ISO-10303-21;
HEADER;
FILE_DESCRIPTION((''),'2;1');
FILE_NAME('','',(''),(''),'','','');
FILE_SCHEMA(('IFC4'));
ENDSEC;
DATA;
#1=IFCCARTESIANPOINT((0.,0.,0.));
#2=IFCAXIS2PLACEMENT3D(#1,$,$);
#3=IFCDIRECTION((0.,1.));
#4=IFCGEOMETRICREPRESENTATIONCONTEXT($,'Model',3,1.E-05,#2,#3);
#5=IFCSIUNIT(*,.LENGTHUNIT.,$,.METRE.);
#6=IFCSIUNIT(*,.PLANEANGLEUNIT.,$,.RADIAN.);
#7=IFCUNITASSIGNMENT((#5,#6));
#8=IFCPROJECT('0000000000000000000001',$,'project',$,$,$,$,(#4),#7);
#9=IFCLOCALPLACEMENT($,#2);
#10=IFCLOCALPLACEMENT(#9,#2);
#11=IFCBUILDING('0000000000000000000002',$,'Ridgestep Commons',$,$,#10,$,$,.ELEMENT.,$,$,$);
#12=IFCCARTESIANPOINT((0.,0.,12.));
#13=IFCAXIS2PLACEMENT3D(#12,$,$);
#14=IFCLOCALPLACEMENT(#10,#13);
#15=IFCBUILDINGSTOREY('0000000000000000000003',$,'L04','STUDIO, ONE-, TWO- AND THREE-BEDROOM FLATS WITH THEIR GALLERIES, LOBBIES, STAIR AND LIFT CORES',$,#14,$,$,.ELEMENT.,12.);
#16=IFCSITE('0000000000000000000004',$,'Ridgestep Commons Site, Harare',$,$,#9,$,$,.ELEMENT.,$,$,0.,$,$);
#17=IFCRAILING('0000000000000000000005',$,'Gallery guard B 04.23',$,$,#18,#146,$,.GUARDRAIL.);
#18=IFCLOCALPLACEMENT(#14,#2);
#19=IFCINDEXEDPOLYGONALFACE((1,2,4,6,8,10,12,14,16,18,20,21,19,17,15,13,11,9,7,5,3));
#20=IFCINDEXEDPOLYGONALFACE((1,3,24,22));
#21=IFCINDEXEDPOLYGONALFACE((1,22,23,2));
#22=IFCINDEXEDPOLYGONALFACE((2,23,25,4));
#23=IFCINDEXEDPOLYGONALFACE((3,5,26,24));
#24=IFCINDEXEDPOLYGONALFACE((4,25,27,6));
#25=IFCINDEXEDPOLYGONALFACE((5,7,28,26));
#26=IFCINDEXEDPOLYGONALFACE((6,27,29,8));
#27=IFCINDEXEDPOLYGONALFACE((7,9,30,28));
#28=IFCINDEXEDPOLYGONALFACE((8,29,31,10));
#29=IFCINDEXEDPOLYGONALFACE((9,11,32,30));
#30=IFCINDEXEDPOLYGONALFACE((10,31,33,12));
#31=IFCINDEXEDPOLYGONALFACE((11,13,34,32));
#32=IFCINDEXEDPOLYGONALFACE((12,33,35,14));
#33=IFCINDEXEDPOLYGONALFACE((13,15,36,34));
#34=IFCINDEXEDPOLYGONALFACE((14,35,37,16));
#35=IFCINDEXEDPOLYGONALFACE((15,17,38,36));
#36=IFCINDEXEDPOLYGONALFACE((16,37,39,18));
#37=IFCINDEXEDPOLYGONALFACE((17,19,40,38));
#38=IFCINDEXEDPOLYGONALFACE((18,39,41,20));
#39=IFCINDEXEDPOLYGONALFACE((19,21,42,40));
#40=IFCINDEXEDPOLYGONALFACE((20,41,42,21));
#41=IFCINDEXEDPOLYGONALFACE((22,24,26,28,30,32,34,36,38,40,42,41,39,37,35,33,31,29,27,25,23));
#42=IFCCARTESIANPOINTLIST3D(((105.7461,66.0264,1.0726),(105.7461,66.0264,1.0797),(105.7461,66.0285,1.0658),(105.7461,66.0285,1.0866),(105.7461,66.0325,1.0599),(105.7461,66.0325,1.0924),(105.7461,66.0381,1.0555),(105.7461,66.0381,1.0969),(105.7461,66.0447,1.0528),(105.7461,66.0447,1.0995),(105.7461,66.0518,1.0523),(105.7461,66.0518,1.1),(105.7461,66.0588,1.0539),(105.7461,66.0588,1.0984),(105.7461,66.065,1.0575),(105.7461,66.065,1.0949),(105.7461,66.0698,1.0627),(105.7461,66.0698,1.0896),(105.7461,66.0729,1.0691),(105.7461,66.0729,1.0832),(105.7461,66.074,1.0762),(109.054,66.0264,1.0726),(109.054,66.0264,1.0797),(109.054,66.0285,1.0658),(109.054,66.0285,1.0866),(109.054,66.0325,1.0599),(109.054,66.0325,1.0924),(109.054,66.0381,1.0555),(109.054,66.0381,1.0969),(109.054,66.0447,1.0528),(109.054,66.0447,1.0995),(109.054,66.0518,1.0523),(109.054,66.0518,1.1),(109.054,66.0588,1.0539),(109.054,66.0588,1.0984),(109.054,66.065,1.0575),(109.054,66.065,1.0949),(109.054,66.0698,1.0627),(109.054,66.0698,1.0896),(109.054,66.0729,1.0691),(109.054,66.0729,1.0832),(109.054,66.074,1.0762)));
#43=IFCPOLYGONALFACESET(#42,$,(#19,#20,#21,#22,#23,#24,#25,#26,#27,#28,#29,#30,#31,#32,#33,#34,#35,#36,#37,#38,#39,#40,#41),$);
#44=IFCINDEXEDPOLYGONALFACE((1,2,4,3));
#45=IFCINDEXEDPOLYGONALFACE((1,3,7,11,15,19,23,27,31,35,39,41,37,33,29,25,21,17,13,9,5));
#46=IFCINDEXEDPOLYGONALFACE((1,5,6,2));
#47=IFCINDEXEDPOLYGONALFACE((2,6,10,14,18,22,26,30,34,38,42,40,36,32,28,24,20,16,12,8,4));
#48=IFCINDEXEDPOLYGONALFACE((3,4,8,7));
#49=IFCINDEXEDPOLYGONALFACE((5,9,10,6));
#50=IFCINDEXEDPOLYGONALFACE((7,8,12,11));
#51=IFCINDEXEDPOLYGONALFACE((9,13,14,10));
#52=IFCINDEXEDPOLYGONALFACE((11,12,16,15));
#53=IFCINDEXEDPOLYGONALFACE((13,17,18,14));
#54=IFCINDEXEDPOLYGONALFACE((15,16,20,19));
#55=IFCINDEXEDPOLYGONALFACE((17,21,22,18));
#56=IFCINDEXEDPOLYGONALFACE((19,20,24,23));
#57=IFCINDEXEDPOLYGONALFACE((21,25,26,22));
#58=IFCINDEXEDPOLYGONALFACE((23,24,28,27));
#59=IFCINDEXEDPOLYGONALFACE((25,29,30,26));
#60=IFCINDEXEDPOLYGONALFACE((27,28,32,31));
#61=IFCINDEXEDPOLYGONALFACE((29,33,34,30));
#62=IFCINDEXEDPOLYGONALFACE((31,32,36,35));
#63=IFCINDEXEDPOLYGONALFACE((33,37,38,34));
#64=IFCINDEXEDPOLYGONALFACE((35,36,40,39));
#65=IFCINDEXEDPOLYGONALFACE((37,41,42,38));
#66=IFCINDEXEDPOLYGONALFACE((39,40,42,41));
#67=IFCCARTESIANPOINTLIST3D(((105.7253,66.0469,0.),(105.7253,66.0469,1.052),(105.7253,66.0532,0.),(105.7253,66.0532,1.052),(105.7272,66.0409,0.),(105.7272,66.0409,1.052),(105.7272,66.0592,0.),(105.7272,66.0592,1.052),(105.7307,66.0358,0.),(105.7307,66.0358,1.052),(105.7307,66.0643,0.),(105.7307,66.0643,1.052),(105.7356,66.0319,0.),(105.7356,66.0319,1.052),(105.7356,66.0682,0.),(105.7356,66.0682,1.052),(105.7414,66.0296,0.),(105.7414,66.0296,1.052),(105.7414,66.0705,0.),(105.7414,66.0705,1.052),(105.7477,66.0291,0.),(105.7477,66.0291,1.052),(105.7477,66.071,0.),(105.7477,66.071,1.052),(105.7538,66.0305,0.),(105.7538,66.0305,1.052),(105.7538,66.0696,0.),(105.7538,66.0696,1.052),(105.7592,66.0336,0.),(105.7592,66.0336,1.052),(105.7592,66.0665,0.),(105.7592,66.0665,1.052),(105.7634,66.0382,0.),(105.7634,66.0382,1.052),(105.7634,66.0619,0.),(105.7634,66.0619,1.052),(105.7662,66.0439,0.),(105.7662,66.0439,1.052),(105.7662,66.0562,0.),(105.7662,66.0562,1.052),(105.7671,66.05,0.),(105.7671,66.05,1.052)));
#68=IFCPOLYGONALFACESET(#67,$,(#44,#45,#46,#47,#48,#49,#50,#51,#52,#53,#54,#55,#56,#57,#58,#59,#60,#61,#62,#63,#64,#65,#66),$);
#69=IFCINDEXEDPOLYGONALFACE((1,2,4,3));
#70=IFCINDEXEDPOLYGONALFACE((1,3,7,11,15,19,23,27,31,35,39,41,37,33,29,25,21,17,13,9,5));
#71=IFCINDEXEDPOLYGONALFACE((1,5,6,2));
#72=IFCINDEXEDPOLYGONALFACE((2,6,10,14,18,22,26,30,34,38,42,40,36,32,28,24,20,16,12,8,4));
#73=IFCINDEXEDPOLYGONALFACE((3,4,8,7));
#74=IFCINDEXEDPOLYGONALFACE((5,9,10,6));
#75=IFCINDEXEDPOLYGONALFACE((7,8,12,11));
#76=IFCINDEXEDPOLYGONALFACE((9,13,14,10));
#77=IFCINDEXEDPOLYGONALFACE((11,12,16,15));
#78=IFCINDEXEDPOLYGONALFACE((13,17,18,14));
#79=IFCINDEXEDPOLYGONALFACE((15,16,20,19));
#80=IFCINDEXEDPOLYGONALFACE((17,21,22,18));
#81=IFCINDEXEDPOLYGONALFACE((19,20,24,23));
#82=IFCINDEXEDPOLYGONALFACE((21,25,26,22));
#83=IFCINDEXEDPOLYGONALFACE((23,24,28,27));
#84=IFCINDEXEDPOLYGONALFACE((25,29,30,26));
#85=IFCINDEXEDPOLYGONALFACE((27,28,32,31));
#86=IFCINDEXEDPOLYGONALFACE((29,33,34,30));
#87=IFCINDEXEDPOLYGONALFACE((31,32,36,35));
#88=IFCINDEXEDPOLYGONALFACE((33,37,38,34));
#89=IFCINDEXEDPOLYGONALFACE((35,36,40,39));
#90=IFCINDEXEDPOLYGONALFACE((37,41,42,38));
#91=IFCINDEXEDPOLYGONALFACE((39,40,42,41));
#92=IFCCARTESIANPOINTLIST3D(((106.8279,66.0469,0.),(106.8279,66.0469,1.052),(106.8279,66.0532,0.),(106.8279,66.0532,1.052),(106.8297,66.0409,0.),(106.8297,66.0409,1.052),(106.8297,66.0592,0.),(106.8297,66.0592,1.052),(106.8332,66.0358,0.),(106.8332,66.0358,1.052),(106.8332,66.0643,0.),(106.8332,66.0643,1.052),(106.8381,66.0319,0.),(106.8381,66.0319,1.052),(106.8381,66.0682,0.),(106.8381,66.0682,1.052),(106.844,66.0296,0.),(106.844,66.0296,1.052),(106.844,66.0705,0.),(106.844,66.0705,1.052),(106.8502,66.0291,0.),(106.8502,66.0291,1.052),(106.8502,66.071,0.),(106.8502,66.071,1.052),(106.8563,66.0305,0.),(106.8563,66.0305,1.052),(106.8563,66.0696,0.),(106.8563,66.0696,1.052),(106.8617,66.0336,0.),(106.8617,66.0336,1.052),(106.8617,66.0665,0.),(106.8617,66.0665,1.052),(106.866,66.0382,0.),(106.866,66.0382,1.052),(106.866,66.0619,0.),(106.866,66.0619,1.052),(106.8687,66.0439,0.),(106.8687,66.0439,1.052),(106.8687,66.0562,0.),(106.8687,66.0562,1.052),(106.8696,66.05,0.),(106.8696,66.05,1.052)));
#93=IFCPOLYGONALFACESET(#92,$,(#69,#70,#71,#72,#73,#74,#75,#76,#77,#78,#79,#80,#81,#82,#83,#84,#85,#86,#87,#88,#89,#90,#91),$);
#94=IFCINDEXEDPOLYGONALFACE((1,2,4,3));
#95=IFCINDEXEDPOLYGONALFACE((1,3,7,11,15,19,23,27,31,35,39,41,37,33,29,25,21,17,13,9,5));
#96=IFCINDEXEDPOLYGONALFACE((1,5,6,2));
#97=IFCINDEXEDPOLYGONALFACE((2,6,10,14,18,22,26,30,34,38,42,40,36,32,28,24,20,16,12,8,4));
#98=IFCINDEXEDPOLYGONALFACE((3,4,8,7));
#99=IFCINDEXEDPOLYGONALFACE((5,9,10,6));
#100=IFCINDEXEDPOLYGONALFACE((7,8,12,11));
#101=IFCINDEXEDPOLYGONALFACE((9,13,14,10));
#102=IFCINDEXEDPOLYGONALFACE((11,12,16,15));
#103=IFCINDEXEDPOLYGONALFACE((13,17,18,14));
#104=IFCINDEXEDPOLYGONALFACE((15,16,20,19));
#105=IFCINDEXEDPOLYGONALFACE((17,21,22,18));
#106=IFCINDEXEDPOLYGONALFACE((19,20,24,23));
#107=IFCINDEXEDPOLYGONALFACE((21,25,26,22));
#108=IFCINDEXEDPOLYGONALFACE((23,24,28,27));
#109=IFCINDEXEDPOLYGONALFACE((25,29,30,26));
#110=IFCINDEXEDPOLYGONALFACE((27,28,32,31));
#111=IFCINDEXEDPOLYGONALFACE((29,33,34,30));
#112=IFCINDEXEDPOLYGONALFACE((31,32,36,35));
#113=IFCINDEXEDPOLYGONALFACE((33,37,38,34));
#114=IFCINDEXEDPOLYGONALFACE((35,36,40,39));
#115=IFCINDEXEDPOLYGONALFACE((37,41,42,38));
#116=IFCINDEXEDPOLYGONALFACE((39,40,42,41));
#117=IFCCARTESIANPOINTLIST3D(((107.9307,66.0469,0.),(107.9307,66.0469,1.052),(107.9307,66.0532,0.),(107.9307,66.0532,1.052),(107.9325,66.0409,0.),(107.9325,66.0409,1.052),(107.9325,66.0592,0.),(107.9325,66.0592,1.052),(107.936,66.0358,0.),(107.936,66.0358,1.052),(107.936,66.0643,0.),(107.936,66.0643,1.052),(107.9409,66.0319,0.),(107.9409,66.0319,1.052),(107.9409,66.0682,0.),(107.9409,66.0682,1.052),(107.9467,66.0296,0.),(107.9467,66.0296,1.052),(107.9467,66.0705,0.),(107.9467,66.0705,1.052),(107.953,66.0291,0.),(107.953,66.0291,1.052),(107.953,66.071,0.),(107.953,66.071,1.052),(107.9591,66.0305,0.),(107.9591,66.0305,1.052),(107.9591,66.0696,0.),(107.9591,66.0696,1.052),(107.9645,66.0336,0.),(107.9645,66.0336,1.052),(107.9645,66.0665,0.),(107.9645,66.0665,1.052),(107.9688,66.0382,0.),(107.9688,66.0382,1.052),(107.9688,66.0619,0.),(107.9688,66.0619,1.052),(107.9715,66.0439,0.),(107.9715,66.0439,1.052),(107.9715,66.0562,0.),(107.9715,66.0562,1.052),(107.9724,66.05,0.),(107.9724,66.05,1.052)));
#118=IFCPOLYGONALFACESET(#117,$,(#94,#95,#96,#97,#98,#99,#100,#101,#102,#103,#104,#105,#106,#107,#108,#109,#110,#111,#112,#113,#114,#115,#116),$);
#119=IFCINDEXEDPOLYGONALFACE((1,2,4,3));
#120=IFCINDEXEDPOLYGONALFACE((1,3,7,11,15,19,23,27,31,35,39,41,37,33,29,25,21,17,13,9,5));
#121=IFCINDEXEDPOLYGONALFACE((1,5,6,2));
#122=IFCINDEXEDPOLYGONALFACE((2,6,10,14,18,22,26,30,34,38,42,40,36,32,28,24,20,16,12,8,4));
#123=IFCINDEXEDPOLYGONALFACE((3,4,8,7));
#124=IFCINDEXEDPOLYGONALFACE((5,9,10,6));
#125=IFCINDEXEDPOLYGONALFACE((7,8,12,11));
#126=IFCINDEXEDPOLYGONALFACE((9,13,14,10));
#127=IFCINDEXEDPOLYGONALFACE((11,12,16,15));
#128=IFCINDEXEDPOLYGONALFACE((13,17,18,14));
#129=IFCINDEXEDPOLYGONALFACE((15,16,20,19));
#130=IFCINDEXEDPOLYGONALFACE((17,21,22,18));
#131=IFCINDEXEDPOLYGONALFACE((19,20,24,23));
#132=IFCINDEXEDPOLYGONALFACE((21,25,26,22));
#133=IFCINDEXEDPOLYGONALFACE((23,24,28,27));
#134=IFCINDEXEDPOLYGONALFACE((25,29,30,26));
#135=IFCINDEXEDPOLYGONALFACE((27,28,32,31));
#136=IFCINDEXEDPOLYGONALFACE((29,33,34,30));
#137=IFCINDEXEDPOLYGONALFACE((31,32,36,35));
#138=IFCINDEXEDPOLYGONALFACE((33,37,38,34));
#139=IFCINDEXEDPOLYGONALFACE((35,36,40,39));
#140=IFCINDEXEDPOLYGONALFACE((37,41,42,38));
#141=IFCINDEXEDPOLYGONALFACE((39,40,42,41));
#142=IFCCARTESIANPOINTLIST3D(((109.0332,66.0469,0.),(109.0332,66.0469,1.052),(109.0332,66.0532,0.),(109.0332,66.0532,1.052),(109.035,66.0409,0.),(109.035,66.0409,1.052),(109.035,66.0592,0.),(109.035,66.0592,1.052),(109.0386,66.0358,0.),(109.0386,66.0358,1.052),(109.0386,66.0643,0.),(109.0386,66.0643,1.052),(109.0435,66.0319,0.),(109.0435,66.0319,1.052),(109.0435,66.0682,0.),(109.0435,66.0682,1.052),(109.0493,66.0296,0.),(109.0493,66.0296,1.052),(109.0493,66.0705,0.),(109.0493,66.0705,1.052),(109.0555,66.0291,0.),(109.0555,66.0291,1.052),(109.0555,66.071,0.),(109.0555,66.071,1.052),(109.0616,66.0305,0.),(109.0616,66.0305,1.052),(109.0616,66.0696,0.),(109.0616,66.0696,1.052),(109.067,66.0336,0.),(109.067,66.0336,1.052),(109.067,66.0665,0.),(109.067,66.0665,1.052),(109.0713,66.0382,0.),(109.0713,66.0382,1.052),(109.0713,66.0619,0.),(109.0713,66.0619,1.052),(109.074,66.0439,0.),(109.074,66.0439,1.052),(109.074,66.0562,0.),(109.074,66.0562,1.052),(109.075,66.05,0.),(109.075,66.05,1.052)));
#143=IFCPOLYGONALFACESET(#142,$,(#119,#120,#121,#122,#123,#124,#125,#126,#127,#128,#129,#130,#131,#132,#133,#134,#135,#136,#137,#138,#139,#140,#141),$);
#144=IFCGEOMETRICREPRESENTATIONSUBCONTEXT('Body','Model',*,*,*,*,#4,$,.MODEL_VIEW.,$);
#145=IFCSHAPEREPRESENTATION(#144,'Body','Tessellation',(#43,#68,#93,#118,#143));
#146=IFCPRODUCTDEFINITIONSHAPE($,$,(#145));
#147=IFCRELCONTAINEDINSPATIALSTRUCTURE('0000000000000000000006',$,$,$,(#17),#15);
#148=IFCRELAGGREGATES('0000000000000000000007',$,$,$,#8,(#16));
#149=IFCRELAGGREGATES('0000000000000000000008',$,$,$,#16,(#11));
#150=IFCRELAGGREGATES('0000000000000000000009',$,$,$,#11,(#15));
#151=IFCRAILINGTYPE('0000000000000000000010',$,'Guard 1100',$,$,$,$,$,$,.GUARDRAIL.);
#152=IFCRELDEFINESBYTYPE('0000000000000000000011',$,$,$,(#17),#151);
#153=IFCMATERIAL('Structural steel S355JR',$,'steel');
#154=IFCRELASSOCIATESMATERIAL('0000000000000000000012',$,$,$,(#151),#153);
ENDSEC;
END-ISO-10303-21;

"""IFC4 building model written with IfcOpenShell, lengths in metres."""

from ifc_helpers import new_model, si_unit, direction, frame, origin, origin_2d, place, context, subcontext, project, spatial, circle, extrude, material, type_object, element, save


model = new_model("IFC4")

# Units and contexts
model_context = context("Model", 3, precision=1e-05, world=origin(), true_north=direction((0.0, 1.0)))
body_context = subcontext(model_context, "Body", "Model", "MODEL_VIEW")
ifc_project = project(units=[si_unit("LENGTHUNIT", "METRE"), si_unit("PLANEANGLEUNIT", "RADIAN")], contexts=[model_context])

# Site, building, storey
site_placement = place(None, origin())
site = spatial("IfcSite", under=ifc_project, at=site_placement, Name="Ridgestep Commons Site, Harare", CompositionType="ELEMENT", RefElevation=0.0)
building_placement = place(site_placement, origin())
building = spatial("IfcBuilding", under=site, at=building_placement, Name="Ridgestep Commons", CompositionType="ELEMENT")
storey_placement = place(building_placement, frame((0.0, 0.0, 12.0)))
storey = spatial("IfcBuildingStorey", under=building, at=storey_placement, Name="L04", Description="STUDIO, ONE-, TWO- AND THREE-BEDROOM FLATS WITH THEIR GALLERIES, LOBBIES, STAIR AND LIFT CORES", CompositionType="ELEMENT", Elevation=12.0)

# Railing
ifc_material_1 = material(Name="Structural steel S355JR", Category="steel")
railing_type = type_object("IfcRailingType", Name="Guard 1100", PredefinedType="GUARDRAIL", material=ifc_material_1)
railing_1_placement = place(storey_placement, frame((105.7461, 66.05, 0.0)))
element("IfcRailing", 1, at=railing_1_placement, inside=storey, type_object=railing_type, Name="Gallery guard B 04.23", PredefinedType="GUARDRAIL", context=body_context, shape_type="SweptSolid", body=[
    extrude(circle(Radius=0.0239, at=origin_2d()), frame((0.0, 0.0, 1.0762), z_axis=(1.0, 0.0, 0.0), x_axis=(0.0, 1.0, 0.0)), (0.0, 0.0, 1.0), 3.3079),
    extrude(circle(Radius=0.021, at=origin_2d()), origin(), (0.0, 0.0, 1.0), 1.052),
    extrude(circle(Radius=0.021, at=origin_2d()), frame((1.1025, 0.0, 0.0)), (0.0, 0.0, 1.0), 1.052),
    extrude(circle(Radius=0.021, at=origin_2d()), frame((2.2053, 0.0, 0.0)), (0.0, 0.0, 1.0), 1.052),
    extrude(circle(Radius=0.021, at=origin_2d()), frame((3.3079, 0.0, 0.0)), (0.0, 0.0, 1.0), 1.052),
])

save(model, "model.ifc")
